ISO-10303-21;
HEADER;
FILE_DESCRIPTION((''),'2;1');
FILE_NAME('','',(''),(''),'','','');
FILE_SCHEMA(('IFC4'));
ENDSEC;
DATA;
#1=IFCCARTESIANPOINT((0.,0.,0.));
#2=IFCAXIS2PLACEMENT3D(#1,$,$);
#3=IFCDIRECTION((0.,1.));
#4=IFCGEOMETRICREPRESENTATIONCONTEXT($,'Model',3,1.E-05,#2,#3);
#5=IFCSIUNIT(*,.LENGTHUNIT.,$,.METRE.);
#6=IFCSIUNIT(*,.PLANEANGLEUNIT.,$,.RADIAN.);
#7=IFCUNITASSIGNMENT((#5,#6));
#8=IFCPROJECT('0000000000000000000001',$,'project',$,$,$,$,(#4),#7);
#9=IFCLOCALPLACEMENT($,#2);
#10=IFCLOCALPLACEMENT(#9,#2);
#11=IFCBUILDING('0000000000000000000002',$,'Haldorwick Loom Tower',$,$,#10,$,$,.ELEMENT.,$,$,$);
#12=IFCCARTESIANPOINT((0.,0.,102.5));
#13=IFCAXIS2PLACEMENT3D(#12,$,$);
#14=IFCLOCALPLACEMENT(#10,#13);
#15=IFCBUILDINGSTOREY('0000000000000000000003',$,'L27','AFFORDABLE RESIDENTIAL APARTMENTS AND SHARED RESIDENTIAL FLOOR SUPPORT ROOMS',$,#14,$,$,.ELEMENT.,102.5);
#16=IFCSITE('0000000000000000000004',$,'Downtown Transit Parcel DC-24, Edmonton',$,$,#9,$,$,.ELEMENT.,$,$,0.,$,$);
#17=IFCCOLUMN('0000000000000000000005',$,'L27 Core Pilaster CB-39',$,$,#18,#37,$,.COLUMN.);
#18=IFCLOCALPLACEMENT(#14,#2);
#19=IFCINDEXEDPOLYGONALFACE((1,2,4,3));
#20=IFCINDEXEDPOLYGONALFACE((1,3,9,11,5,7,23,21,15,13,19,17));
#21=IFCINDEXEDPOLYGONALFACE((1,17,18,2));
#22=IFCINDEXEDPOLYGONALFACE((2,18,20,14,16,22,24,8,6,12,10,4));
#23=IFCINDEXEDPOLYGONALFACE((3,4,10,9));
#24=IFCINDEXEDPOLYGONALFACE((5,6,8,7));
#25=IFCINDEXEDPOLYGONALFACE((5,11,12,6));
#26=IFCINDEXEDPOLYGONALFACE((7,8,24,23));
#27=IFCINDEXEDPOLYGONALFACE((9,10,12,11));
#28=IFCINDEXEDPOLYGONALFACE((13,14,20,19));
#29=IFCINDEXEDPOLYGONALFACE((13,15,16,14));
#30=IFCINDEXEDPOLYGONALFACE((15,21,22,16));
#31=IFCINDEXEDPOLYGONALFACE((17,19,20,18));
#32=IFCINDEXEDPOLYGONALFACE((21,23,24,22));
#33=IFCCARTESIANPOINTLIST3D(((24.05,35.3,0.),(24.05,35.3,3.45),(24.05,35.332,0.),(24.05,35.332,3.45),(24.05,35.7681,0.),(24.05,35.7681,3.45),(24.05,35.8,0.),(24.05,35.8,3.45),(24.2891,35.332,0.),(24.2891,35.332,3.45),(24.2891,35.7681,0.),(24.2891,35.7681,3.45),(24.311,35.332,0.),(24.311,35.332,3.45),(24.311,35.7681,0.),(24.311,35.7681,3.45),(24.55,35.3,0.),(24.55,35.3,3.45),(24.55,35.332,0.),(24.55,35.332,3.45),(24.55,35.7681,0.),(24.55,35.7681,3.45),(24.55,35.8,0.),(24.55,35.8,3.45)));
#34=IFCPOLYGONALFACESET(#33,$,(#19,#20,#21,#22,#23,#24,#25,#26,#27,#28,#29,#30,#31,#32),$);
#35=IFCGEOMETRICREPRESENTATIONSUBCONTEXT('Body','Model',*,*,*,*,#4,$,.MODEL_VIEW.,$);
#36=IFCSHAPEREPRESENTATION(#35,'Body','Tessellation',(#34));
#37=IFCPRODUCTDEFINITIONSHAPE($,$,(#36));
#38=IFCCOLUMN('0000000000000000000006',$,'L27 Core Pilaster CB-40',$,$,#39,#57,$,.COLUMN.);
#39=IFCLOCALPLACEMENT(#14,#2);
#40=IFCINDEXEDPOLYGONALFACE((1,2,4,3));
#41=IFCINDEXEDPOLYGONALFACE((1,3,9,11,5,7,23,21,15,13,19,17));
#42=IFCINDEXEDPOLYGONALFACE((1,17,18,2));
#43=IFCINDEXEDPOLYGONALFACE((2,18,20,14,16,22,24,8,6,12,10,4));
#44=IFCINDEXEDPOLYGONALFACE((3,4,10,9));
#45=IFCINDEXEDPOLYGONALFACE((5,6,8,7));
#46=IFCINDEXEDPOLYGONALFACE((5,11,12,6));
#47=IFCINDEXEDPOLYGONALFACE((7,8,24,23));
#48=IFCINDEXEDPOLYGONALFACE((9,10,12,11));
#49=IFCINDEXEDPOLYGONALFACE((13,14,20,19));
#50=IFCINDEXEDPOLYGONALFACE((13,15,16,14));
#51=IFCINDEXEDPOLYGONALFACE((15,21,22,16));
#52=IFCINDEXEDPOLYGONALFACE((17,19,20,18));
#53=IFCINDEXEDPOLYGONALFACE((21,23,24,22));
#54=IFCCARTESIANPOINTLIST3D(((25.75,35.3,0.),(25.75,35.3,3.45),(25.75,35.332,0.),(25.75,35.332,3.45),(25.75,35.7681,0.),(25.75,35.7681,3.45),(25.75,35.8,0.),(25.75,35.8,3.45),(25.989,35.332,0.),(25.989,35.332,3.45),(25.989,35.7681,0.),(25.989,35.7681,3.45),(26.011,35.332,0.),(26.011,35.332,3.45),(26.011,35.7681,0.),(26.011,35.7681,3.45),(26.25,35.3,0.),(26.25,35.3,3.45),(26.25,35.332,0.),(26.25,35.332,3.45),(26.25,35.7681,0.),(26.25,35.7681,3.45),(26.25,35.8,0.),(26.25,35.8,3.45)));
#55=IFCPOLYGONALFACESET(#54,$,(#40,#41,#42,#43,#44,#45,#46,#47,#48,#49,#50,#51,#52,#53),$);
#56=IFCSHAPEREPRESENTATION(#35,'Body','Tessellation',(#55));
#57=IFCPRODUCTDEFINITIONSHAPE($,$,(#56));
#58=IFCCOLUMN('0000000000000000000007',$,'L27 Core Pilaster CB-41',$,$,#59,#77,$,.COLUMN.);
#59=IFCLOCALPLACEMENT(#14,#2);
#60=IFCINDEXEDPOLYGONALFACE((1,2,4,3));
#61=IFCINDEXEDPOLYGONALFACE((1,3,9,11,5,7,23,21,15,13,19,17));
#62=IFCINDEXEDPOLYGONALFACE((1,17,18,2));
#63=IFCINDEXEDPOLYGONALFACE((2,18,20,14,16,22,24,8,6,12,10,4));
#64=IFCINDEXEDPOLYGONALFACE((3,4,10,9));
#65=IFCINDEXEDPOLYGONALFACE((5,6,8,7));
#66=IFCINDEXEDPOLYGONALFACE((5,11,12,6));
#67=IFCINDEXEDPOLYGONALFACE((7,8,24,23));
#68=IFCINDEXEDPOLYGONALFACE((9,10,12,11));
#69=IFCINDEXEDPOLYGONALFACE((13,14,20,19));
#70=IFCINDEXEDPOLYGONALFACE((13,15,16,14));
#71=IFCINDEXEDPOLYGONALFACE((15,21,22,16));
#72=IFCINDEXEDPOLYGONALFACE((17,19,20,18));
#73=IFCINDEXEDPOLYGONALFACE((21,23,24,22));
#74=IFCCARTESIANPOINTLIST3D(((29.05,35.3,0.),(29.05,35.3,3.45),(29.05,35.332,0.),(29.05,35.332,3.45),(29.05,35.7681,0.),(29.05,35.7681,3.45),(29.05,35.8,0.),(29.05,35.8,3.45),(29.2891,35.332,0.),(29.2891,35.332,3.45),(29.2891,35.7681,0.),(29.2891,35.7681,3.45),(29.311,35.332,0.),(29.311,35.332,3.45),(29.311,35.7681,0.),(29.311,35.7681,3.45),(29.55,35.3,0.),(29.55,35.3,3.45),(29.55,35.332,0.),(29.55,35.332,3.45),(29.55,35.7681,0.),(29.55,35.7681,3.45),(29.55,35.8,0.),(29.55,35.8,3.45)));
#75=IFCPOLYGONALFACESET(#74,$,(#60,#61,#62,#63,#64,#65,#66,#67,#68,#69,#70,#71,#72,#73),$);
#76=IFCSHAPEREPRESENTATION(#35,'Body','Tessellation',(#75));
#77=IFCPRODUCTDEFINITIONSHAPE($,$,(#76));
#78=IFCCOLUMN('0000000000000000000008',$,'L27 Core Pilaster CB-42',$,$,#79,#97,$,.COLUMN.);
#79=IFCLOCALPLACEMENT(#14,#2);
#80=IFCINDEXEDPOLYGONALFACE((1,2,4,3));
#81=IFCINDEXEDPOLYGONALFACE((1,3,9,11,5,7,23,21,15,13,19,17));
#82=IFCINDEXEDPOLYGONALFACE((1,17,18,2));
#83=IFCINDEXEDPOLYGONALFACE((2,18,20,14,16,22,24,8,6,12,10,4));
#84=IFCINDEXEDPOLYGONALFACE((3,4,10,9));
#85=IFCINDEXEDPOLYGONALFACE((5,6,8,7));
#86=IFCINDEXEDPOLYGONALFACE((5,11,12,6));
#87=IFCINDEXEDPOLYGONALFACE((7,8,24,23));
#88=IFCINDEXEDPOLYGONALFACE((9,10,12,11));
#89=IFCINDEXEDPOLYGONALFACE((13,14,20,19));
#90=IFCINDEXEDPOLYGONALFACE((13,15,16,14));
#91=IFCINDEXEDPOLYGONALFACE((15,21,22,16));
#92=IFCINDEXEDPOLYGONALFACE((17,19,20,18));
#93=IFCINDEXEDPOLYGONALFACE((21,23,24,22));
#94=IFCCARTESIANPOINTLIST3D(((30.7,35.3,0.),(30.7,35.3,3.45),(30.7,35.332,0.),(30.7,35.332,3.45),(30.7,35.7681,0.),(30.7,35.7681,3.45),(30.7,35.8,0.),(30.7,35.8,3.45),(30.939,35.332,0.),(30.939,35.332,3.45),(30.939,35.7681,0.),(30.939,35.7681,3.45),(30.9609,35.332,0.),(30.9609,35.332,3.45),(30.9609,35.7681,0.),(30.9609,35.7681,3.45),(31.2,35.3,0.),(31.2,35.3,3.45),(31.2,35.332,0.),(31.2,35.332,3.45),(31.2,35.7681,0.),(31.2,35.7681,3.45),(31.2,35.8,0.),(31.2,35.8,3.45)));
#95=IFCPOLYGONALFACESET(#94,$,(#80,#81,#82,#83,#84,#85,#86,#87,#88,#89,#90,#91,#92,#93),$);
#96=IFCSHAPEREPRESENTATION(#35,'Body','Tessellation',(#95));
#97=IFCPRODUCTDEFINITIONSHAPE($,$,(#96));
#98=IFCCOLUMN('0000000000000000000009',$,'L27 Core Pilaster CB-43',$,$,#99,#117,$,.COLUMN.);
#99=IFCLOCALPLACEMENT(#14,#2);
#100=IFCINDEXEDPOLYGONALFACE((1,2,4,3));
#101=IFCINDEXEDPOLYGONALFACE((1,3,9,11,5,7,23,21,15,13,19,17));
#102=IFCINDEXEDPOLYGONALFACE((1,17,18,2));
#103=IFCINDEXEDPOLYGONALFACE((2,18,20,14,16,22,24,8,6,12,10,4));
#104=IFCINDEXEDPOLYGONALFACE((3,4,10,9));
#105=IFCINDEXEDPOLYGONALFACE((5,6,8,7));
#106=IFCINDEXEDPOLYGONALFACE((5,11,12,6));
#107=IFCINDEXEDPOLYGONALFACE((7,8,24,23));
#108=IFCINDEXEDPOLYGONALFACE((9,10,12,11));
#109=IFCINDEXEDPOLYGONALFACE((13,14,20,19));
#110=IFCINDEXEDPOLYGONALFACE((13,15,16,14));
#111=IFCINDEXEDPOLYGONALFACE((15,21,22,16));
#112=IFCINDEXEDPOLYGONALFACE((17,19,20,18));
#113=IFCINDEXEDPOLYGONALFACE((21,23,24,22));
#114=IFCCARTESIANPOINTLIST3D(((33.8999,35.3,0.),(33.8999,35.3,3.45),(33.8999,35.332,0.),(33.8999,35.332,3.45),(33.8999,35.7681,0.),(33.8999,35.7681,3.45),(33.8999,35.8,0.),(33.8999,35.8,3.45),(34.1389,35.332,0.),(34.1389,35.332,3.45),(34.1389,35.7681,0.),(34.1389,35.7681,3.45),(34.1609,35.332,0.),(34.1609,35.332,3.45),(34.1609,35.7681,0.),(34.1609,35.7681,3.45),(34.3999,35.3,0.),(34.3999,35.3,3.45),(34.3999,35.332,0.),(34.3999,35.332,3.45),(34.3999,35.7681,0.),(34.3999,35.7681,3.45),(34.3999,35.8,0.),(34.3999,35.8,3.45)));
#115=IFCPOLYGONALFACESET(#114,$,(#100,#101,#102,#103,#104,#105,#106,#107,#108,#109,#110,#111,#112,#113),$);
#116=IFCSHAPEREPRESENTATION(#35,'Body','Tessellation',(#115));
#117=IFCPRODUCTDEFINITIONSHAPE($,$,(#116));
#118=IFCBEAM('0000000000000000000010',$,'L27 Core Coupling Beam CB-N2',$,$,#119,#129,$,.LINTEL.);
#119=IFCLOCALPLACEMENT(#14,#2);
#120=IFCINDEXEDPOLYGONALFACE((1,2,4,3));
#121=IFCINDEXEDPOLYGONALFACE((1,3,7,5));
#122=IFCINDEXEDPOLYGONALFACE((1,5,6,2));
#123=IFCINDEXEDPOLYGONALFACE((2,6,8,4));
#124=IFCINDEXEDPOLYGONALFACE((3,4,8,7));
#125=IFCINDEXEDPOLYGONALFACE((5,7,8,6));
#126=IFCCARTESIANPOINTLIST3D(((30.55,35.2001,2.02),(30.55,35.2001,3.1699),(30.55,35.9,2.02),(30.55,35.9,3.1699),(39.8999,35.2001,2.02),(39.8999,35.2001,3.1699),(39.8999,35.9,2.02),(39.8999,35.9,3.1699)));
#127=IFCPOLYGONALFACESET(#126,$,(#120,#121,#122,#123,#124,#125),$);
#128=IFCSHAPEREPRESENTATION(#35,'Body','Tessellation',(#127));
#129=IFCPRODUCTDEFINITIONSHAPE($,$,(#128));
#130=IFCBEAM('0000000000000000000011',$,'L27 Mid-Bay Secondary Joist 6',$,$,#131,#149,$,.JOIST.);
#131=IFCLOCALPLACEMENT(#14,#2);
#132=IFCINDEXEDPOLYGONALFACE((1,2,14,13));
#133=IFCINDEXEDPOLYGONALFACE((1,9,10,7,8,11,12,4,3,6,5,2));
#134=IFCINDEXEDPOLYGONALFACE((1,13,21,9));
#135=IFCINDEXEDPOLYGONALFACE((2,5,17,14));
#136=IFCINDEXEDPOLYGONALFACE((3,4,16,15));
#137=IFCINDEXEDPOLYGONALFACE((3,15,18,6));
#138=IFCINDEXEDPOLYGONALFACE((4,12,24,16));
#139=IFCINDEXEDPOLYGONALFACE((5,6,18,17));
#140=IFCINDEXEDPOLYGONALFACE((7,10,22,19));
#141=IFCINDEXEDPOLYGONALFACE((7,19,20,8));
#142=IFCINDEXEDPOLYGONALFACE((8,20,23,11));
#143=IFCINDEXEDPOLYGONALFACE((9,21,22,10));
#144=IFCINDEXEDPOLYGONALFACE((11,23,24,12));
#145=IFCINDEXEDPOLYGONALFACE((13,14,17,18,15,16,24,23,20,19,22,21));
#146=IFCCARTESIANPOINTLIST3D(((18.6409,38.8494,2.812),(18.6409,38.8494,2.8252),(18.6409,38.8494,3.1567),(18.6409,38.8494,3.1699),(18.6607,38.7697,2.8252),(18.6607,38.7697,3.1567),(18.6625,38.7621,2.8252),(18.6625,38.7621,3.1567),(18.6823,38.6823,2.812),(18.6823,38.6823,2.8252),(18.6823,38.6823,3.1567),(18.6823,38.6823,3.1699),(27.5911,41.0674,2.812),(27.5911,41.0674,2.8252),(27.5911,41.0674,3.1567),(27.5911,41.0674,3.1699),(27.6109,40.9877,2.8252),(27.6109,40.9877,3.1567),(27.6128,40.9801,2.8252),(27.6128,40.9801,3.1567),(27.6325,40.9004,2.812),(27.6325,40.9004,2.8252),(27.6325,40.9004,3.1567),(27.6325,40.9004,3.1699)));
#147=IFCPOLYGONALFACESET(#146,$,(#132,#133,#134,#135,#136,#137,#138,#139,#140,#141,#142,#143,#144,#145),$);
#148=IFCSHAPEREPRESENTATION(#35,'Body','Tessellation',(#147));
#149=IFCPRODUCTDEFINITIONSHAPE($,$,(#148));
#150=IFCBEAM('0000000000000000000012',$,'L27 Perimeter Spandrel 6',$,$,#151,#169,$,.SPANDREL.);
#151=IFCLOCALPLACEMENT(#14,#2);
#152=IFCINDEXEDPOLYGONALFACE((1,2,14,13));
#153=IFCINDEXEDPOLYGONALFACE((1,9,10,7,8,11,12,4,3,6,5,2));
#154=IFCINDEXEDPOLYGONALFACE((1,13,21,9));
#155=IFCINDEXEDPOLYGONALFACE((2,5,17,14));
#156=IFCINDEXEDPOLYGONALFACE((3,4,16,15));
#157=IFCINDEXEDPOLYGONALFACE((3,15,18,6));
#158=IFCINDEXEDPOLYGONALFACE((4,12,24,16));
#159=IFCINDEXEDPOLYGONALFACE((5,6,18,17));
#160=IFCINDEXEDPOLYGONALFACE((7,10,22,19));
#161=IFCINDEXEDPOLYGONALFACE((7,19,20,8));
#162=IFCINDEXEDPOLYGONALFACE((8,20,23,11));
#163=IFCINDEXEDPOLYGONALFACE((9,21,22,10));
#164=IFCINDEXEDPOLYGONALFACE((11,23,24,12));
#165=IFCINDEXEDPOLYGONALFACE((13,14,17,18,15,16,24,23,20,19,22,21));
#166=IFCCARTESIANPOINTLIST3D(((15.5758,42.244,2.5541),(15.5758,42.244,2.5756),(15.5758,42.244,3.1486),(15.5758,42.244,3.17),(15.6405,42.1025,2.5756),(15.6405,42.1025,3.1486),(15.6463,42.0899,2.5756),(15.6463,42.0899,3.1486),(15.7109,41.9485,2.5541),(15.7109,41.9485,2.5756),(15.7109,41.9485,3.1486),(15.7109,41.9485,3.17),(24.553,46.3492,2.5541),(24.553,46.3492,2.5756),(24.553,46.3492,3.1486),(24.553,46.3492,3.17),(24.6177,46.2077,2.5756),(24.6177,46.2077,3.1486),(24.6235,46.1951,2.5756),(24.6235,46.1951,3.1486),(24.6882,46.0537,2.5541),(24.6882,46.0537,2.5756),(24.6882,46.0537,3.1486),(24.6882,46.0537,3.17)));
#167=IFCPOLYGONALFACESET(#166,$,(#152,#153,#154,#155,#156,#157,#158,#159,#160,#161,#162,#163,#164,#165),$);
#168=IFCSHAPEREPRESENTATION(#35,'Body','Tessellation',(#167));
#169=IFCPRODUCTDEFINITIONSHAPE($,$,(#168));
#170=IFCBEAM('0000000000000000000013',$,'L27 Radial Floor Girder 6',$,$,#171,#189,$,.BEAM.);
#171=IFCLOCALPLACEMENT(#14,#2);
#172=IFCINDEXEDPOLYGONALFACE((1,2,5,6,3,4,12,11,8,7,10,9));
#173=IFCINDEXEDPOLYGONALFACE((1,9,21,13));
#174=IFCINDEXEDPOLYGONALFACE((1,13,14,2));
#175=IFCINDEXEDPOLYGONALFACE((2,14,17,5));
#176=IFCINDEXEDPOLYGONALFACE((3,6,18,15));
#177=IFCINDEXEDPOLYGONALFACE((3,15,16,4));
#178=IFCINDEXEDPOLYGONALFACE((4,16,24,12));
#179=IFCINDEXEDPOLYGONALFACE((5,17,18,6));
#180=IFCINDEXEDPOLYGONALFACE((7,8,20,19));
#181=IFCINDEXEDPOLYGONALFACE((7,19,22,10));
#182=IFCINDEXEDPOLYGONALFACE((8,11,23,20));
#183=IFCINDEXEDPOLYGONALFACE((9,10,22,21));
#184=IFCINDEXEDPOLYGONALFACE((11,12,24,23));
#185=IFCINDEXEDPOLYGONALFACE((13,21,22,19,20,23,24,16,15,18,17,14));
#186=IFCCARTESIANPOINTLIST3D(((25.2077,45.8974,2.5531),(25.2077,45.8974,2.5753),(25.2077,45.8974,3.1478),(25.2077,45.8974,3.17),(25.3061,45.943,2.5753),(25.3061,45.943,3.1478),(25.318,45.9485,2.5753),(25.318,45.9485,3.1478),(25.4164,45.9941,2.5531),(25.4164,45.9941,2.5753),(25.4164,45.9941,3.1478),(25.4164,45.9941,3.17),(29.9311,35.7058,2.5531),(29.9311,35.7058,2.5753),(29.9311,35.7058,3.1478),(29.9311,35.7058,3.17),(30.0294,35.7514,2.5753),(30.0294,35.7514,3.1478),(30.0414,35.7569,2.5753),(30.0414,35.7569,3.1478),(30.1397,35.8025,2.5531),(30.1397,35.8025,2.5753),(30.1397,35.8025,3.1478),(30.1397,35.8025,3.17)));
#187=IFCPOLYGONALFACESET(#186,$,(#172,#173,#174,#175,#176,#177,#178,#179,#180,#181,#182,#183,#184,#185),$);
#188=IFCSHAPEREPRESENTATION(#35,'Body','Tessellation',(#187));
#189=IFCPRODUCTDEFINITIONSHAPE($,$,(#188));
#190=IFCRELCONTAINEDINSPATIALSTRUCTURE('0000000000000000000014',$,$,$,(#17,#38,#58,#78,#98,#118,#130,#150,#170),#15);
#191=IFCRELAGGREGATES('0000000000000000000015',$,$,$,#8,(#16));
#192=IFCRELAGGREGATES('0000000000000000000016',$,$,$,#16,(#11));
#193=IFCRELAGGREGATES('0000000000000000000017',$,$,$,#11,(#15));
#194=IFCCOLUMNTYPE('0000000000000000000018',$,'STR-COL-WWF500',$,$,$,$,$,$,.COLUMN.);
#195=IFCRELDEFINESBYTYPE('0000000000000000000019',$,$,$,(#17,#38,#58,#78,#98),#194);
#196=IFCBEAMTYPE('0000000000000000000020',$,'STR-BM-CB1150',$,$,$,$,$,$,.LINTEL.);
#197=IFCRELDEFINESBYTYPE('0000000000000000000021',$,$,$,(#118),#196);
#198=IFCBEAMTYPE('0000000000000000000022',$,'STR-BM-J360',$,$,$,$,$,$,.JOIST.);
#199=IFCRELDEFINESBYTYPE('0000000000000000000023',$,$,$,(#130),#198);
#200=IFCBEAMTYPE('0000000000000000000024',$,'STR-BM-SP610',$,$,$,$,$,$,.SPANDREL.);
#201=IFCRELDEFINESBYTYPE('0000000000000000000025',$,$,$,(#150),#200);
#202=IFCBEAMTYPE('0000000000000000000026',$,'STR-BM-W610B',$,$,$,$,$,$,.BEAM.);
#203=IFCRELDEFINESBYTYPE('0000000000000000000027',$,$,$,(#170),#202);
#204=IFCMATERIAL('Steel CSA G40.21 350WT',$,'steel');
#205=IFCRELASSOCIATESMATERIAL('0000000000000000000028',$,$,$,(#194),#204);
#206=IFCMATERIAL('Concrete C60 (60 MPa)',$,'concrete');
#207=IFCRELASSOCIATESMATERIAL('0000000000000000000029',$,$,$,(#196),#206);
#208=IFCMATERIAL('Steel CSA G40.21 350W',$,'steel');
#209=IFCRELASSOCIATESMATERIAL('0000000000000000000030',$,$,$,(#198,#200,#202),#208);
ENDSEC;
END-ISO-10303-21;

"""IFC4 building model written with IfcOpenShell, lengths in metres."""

from ifc_helpers import new_model, si_unit, direction, frame, origin, origin_2d, place, context, subcontext, project, spatial, rectangle, i_section, extrude, material, material_profile, profile_set, type_object, element, save


model = new_model("IFC4")

# Units and contexts
model_context = context("Model", 3, precision=1e-05, world=origin(), true_north=direction((0.0, 1.0)))
body_context = subcontext(model_context, "Body", "Model", "MODEL_VIEW")
ifc_project = project(units=[si_unit("LENGTHUNIT", "METRE"), si_unit("PLANEANGLEUNIT", "RADIAN")], contexts=[model_context])

# Site, building, storey
site_placement = place(None, origin())
site = spatial("IfcSite", under=ifc_project, at=site_placement, Name="Downtown Transit Parcel DC-24, Edmonton", CompositionType="ELEMENT", RefElevation=0.0)
building_placement = place(site_placement, origin())
building = spatial("IfcBuilding", under=site, at=building_placement, Name="Haldorwick Loom Tower", CompositionType="ELEMENT")
storey_placement = place(building_placement, frame((0.0, 0.0, 102.5)))
storey = spatial("IfcBuildingStorey", under=building, at=storey_placement, Name="L27", Description="AFFORDABLE RESIDENTIAL APARTMENTS AND SHARED RESIDENTIAL FLOOR SUPPORT ROOMS", CompositionType="ELEMENT", Elevation=102.5)

# Columns
ifc_material_1 = material(Name="Concrete C60 (60 MPa)", Category="concrete")
ifc_material_2 = material(Name="Steel CSA G40.21 350WT", Category="steel")
ifc_material_profile_1 = material_profile(ifc_material_2, i_section(OverallWidth=0.5, OverallDepth=0.5, WebThickness=0.022, FlangeThickness=0.032, at=origin_2d()), Name="WWF500X500", Category="steel")
ifc_profile_set_1 = profile_set([ifc_material_profile_1], Name="Steel CSA G40.21 350WT")
column_type_1 = type_object("IfcColumnType", Name="STR-COL-WWF500", PredefinedType="COLUMN", material=ifc_profile_set_1)
for number, where, z_axis, x_axis, name in (
    (1, (24.3, 35.55, 0.0), (0.0, 0.0, 1.0), (1.0, 0.0, 0.0), "L27 Core Pilaster CB-39"),
    (2, (26.0, 35.55, 0.0), (0.0, 0.0, 1.0), (1.0, 0.0, 0.0), "L27 Core Pilaster CB-40"),
    (3, (29.3, 35.55, 0.0), (0.0, 0.0, 1.0), (1.0, 0.0, 0.0), "L27 Core Pilaster CB-41"),
    (4, (30.95, 35.55, 0.0), (0.0, 0.0, 1.0), (1.0, 0.0, 0.0), "L27 Core Pilaster CB-42"),
    (5, (34.1499, 35.55, 0.0), (0.0, 0.0, 1.0), (1.0, 0.0, 0.0), "L27 Core Pilaster CB-43"),
):
    element("IfcColumn", number, at=place(storey_placement, frame(where, z_axis=z_axis, x_axis=x_axis)), inside=storey, type_object=column_type_1, Name=name, PredefinedType="COLUMN", context=body_context, shape_type="SweptSolid", body=[
        extrude(i_section(OverallWidth=0.5, OverallDepth=0.5, WebThickness=0.022, FlangeThickness=0.032, at=origin_2d()), origin(), (0.0, 0.0, 1.0), 3.45),
    ])

# Beams
ifc_material_profile_2 = material_profile(ifc_material_1, rectangle(XDim=0.7, YDim=1.1499, at=origin_2d()), Name="RC700X1150", Category="concrete")
ifc_profile_set_2 = profile_set([ifc_material_profile_2], Name="Concrete C60 (60 MPa)")
beam_type_1 = type_object("IfcBeamType", Name="STR-BM-CB1150", PredefinedType="LINTEL", material=ifc_profile_set_2)
beam_1_placement = place(storey_placement, frame((30.55, 35.55, 2.595), z_axis=(1.0, 0.0, 0.0), x_axis=(0.0, 1.0, 0.0)))
element("IfcBeam", 6, at=beam_1_placement, inside=storey, type_object=beam_type_1, Name="L27 Core Coupling Beam CB-N2", PredefinedType="LINTEL", context=body_context, shape_type="SweptSolid", body=[
    extrude(rectangle(XDim=0.7, YDim=1.1499, at=origin_2d()), origin(), (0.0, 0.0, 1.0), 9.3499),
])
ifc_material_3 = material(Name="Steel CSA G40.21 350W", Category="steel")
ifc_material_profile_3 = material_profile(ifc_material_3, i_section(OverallWidth=0.1721, OverallDepth=0.3579, WebThickness=0.0078, FlangeThickness=0.0132, at=origin_2d()), Name="W360X57", Category="steel")
ifc_profile_set_3 = profile_set([ifc_material_profile_3], Name="Steel CSA G40.21 350W")
beam_type_2 = type_object("IfcBeamType", Name="STR-BM-J360", PredefinedType="JOIST", material=ifc_profile_set_3)
beam_2_placement = place(storey_placement, frame((27.6118, 40.9839, 2.991), z_axis=(-0.970639, -0.240542, 0.0), x_axis=(0.240542, -0.970639, 0.0)))
element("IfcBeam", 7, at=beam_2_placement, inside=storey, type_object=beam_type_2, Name="L27 Mid-Bay Secondary Joist 6", PredefinedType="JOIST", context=body_context, shape_type="SweptSolid", body=[
    extrude(i_section(OverallWidth=0.1721, OverallDepth=0.3579, WebThickness=0.0078, FlangeThickness=0.0132, at=origin_2d()), origin(), (0.0, 0.0, 1.0), 9.2209),
])
ifc_material_profile_4 = material_profile(ifc_material_3, i_section(OverallWidth=0.325, OverallDepth=0.616, WebThickness=0.0139, FlangeThickness=0.0215, at=origin_2d()), Name="W610X174", Category="steel")
ifc_profile_set_4 = profile_set([ifc_material_profile_4], Name="Steel CSA G40.21 350W")
beam_type_3 = type_object("IfcBeamType", Name="STR-BM-SP610", PredefinedType="SPANDREL", material=ifc_profile_set_4)
beam_3_placement = place(storey_placement, frame((24.6206, 46.2014, 2.8621), z_axis=(-0.909424, -0.41587, 0.0), x_axis=(0.41587, -0.909424, 0.0)))
element("IfcBeam", 8, at=beam_3_placement, inside=storey, type_object=beam_type_3, Name="L27 Perimeter Spandrel 6", PredefinedType="SPANDREL", context=body_context, shape_type="SweptSolid", body=[
    extrude(i_section(OverallWidth=0.325, OverallDepth=0.616, WebThickness=0.0139, FlangeThickness=0.0215, at=origin_2d()), origin(), (0.0, 0.0, 1.0), 9.8713),
])
ifc_material_profile_5 = material_profile(ifc_material_3, i_section(OverallWidth=0.23, OverallDepth=0.6169, WebThickness=0.0132, FlangeThickness=0.0222, at=origin_2d()), Name="W610X140", Category="steel")
ifc_profile_set_5 = profile_set([ifc_material_profile_5], Name="Steel CSA G40.21 350W")
beam_type_4 = type_object("IfcBeamType", Name="STR-BM-W610B", PredefinedType="BEAM", material=ifc_profile_set_5)
beam_4_placement = place(storey_placement, frame((30.0354, 35.7542, 2.8616), z_axis=(-0.420492, 0.907296, 0.0), x_axis=(-0.907296, -0.420492, 0.0)))
element("IfcBeam", 9, at=beam_4_placement, inside=storey, type_object=beam_type_4, Name="L27 Radial Floor Girder 6", PredefinedType="BEAM", context=body_context, shape_type="SweptSolid", body=[
    extrude(i_section(OverallWidth=0.23, OverallDepth=0.6169, WebThickness=0.0132, FlangeThickness=0.0222, at=origin_2d()), origin(), (0.0, 0.0, 1.0), 11.2329),
])

save(model, "model.ifc")
